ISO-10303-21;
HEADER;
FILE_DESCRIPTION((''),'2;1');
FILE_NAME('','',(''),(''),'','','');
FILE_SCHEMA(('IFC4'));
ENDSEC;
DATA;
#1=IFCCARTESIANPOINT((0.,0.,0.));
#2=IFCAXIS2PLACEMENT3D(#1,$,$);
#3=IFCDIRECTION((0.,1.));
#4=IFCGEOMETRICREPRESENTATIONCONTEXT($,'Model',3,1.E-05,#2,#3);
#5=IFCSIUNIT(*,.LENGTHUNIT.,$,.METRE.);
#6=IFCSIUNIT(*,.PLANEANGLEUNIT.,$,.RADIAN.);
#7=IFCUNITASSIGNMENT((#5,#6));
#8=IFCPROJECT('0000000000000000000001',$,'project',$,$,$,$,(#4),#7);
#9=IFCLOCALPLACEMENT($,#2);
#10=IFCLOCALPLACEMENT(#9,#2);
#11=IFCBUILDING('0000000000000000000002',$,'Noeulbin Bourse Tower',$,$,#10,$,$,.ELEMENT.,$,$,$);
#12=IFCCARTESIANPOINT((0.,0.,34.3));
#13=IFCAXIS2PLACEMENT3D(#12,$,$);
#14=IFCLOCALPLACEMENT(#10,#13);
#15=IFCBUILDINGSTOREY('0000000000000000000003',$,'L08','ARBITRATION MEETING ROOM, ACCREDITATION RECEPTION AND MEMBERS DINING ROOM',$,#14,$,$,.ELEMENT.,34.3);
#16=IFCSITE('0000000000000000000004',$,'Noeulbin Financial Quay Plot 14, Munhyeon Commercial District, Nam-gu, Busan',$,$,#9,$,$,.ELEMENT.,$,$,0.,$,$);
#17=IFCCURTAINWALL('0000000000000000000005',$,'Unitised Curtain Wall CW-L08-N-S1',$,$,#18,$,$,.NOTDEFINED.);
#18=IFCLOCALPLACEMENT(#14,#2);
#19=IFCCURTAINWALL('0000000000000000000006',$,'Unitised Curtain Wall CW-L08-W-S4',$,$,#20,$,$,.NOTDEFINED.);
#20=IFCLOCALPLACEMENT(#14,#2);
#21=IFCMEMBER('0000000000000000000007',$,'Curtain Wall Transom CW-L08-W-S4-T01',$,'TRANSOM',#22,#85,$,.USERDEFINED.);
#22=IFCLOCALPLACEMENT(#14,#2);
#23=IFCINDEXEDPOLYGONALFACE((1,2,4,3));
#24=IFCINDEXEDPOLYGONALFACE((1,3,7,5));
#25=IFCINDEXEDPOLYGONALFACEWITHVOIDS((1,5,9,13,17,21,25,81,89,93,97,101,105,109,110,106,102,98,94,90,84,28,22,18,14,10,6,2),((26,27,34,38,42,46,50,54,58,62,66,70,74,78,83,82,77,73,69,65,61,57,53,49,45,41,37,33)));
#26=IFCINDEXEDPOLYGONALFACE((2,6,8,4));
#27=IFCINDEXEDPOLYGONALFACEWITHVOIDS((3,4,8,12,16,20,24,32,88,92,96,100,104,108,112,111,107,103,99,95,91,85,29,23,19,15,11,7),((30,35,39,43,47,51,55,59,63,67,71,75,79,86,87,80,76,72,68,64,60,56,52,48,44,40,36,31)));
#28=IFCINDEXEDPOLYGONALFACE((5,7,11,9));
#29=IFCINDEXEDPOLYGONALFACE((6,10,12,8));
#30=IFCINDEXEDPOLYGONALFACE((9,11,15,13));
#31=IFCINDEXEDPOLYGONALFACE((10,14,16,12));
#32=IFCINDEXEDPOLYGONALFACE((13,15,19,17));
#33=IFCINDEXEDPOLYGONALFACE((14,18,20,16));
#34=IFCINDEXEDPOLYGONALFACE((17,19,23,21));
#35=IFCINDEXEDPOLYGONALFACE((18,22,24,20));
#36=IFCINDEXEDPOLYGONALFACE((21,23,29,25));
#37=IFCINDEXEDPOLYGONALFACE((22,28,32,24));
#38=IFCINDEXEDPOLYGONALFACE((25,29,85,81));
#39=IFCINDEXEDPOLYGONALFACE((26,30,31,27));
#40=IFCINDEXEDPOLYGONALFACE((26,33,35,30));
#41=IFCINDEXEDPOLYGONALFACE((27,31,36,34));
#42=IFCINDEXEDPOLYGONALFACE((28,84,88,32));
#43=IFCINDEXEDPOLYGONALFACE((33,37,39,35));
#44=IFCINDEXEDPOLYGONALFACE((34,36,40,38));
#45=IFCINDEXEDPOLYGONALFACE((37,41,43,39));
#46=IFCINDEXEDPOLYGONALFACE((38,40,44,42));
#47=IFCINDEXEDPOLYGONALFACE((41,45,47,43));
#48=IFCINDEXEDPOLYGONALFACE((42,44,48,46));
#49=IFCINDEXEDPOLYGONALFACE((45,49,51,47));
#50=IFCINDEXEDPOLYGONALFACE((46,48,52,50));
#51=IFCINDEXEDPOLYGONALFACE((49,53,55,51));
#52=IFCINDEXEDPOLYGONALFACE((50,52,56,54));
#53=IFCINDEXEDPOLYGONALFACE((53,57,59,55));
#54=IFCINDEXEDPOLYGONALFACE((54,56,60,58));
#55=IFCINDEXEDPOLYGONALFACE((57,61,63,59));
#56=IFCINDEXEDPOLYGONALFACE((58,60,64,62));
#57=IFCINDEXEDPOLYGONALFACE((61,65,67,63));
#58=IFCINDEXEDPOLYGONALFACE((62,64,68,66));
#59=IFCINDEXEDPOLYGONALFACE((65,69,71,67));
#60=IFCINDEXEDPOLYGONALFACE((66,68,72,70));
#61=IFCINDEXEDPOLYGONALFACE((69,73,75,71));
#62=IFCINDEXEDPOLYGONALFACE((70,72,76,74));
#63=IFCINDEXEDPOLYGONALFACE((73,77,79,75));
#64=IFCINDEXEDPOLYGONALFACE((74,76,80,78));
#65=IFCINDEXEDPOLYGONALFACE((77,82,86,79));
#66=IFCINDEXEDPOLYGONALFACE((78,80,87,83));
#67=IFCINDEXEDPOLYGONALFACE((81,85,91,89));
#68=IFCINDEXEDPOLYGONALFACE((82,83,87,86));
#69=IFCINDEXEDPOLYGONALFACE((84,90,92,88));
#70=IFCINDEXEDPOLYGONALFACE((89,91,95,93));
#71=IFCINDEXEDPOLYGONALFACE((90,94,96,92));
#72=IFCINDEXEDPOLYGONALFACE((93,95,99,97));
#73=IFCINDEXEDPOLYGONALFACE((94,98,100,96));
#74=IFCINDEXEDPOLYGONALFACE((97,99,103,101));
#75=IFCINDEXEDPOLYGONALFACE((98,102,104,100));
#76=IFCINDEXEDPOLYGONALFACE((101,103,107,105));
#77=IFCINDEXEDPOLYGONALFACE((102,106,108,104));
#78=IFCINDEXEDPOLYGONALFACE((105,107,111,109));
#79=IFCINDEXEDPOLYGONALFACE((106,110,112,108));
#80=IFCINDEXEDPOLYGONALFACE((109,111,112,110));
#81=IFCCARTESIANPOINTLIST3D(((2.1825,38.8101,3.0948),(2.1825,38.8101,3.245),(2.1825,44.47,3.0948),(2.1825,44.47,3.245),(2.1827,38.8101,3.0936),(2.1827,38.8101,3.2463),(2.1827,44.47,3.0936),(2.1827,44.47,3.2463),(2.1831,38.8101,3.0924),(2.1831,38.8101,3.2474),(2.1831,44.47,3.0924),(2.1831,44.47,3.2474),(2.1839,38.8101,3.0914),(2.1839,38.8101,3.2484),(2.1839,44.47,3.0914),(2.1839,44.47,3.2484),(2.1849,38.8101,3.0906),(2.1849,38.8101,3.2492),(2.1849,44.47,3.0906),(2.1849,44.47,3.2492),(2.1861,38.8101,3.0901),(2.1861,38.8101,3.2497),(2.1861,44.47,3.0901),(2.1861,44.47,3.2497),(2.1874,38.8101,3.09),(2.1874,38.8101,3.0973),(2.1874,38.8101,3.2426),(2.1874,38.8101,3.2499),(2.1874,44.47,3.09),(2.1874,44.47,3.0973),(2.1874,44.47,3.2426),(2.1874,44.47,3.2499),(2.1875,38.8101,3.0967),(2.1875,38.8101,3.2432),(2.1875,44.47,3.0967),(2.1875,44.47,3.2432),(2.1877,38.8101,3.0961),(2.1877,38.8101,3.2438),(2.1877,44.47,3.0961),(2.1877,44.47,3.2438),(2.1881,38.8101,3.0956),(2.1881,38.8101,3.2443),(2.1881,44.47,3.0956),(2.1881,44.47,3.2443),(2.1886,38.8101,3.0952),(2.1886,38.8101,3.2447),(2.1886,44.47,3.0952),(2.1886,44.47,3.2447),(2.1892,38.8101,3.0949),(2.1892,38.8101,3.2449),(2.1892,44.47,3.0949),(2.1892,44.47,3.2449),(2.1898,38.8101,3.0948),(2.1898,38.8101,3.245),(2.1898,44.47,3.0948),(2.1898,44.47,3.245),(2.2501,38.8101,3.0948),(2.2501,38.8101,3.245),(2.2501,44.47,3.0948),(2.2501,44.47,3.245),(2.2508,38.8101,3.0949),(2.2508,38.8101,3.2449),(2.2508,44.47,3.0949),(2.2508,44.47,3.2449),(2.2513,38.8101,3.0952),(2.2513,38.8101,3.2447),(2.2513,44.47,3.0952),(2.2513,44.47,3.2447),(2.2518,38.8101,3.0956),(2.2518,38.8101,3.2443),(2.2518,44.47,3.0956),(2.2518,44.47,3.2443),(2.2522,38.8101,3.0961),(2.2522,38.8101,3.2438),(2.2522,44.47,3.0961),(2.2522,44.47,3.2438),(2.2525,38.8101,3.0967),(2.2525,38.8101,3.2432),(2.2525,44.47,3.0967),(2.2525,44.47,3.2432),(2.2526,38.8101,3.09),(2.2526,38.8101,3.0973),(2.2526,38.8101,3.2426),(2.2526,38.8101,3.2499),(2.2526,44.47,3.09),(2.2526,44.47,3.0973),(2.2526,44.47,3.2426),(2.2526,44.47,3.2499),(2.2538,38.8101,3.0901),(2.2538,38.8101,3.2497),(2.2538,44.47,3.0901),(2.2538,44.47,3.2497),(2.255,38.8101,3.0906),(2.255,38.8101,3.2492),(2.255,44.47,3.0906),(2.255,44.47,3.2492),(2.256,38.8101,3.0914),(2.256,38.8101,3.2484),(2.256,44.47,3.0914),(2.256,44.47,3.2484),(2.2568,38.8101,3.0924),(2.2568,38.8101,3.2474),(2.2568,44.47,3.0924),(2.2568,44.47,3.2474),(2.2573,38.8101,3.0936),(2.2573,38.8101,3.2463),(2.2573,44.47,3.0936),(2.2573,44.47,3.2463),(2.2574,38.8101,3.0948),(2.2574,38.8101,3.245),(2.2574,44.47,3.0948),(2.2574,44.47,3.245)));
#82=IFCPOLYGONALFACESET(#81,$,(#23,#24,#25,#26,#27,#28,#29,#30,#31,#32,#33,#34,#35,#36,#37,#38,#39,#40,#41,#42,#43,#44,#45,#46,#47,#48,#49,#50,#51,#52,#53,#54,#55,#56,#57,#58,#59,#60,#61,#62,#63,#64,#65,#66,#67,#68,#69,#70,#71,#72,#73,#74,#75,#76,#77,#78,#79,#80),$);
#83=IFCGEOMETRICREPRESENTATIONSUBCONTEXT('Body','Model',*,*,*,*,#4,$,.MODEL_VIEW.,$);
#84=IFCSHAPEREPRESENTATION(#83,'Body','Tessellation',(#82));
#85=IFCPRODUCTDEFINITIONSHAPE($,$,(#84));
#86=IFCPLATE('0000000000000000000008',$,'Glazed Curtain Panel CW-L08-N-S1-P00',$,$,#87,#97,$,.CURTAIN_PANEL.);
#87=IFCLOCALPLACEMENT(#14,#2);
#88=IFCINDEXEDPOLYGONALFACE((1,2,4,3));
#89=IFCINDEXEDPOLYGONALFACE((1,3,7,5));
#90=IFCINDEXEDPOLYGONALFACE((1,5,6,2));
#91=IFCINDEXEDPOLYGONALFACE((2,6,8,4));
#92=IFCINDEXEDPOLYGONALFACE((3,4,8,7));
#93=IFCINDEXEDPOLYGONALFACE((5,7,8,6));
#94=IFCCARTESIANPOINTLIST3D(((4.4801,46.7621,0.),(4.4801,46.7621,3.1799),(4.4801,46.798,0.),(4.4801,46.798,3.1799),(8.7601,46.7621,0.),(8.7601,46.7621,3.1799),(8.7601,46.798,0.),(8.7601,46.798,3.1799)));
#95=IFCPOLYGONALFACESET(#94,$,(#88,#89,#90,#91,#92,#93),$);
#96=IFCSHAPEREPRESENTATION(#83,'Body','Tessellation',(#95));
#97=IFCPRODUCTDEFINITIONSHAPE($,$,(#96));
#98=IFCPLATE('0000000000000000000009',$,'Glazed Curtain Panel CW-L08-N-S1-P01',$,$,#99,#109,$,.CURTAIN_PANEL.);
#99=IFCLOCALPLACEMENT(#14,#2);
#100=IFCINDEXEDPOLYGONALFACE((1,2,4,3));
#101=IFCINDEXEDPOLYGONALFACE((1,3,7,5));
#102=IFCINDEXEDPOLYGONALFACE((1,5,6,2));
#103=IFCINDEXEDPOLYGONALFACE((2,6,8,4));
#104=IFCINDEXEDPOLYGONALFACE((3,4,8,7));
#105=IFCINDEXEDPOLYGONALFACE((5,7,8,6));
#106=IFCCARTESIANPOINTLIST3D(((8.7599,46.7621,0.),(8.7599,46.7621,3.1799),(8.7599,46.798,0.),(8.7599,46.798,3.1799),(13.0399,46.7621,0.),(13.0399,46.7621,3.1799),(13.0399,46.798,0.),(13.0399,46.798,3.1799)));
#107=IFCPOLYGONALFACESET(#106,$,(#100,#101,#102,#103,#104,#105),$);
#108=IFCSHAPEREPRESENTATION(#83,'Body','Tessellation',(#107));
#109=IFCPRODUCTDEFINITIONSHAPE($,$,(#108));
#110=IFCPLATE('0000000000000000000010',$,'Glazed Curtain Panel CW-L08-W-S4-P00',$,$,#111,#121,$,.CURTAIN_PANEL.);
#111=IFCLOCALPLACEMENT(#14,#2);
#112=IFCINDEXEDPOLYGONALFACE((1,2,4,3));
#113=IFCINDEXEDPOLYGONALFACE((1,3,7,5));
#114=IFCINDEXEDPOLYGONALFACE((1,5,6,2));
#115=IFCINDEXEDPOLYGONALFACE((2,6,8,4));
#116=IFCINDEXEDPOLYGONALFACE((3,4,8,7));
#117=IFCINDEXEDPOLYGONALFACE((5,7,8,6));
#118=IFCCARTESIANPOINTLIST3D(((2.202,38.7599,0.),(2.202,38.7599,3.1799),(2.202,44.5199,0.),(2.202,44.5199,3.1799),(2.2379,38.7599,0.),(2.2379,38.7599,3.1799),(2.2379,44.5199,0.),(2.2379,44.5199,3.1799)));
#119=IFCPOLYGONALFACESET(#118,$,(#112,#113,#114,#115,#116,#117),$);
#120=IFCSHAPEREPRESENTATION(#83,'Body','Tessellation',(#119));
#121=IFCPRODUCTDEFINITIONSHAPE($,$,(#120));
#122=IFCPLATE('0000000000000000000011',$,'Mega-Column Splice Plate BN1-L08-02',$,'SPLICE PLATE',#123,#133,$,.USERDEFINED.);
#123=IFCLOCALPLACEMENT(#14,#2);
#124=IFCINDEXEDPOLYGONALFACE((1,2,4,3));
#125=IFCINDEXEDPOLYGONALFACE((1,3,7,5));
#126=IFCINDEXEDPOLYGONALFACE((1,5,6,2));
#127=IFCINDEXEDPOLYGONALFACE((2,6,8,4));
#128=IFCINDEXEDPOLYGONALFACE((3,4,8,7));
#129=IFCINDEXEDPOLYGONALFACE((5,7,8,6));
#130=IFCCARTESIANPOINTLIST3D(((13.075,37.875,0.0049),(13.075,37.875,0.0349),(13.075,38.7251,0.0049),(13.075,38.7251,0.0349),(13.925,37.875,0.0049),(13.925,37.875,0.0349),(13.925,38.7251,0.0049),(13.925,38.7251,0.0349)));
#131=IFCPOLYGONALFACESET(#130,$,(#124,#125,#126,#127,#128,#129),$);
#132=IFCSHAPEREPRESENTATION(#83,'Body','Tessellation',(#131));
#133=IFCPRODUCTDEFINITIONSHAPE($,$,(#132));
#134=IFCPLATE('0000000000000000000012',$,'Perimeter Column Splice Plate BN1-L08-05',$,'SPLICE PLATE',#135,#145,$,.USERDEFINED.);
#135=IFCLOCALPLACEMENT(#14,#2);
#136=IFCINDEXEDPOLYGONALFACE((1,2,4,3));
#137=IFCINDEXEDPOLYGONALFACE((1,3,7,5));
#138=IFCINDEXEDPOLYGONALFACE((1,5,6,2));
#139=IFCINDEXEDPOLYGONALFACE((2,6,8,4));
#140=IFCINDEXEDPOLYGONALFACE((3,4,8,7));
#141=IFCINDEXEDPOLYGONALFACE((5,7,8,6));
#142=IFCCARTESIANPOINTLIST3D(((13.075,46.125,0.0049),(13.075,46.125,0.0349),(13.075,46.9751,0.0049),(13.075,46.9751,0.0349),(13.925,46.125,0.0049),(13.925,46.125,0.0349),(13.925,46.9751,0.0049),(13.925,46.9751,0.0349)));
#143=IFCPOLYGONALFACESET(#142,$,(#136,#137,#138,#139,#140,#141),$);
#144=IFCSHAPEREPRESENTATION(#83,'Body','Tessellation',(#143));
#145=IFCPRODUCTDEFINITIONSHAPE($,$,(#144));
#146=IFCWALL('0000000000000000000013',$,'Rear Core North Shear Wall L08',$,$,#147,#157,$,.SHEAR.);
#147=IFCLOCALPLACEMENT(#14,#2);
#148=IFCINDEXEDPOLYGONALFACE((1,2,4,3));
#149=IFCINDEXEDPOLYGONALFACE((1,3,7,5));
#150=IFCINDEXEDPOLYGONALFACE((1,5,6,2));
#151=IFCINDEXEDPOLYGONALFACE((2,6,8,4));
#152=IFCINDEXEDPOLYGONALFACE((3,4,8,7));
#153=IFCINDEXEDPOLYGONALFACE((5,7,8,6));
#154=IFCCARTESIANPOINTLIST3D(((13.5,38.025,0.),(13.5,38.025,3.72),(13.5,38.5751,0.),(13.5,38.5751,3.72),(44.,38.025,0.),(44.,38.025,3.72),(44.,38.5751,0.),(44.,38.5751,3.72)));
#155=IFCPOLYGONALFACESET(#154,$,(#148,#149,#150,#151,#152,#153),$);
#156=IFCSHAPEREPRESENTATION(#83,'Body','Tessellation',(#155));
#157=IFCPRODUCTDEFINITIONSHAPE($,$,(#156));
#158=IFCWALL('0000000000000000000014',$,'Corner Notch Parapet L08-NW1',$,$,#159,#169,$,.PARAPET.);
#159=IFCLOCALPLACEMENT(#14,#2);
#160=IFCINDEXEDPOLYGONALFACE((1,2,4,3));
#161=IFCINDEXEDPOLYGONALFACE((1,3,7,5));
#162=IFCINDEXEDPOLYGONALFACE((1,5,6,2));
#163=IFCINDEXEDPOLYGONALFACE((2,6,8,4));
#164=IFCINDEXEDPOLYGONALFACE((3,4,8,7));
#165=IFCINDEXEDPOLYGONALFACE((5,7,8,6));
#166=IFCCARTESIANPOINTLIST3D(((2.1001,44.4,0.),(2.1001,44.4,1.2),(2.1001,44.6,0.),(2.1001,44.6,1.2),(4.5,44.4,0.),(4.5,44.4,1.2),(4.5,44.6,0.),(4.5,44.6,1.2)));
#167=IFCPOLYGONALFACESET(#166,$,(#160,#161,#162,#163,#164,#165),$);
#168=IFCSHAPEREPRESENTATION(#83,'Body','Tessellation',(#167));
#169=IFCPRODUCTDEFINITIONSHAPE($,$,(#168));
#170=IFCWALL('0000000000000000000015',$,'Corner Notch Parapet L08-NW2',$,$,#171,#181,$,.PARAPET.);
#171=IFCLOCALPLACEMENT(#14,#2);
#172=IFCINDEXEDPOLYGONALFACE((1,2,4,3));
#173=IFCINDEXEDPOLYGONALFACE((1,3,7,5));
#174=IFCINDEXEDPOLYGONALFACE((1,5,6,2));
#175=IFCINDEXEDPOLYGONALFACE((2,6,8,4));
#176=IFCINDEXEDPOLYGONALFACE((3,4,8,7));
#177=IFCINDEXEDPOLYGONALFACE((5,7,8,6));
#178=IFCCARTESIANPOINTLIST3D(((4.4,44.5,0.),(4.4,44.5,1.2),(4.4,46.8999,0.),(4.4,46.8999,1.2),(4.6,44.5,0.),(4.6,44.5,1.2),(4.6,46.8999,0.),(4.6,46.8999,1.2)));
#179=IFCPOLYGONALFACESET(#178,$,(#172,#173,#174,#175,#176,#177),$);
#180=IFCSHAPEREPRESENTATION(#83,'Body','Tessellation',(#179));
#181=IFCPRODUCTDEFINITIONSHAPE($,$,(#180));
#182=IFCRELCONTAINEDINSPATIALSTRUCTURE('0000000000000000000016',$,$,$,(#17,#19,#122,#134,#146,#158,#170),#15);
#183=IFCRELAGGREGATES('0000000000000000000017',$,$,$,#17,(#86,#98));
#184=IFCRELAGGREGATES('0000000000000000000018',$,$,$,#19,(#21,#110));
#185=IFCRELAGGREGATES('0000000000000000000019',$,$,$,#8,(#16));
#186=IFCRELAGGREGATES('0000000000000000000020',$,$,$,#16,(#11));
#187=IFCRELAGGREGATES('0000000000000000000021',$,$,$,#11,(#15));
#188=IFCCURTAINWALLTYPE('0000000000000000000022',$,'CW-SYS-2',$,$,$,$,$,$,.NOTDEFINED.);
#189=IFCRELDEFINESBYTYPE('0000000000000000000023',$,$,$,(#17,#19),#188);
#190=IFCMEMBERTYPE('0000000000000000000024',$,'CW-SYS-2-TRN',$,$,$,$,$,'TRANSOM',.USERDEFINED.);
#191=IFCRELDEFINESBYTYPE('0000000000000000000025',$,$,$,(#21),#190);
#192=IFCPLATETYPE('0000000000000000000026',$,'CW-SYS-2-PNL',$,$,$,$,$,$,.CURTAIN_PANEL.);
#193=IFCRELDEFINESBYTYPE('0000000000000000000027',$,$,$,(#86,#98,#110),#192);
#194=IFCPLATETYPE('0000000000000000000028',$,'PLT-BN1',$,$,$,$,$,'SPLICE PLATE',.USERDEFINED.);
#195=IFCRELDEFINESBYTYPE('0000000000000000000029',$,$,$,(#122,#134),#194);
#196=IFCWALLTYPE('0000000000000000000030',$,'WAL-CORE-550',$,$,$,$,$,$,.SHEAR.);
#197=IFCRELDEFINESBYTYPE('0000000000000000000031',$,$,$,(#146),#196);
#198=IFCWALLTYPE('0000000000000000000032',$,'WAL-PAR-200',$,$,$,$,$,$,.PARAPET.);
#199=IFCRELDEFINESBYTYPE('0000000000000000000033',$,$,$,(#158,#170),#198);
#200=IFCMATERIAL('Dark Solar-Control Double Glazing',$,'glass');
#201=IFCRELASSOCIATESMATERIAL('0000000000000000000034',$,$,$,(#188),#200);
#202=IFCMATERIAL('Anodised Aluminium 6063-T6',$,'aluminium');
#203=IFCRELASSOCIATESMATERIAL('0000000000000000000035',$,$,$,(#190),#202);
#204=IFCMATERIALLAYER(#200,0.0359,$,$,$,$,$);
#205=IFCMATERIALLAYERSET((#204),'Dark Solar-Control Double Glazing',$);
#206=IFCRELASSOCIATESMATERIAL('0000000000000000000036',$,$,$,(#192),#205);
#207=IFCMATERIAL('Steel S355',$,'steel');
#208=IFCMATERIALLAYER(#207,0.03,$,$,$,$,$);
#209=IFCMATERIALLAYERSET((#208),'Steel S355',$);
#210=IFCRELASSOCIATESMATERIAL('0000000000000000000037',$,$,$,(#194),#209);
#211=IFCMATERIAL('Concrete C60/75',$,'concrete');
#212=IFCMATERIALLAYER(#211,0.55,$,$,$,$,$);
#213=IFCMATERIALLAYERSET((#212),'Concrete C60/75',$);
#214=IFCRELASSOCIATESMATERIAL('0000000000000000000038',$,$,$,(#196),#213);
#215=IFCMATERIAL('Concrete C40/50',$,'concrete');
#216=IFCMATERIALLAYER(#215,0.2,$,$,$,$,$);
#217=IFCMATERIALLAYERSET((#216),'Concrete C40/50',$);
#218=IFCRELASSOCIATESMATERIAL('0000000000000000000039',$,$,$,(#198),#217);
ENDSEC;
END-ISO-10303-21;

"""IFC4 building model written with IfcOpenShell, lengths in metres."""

from ifc_helpers import new_model, si_unit, direction, frame, frame_2d, origin, origin_2d, place, context, subcontext, project, spatial, rectangle, hollow_rectangle, extrude, material, layer, layer_set, material_profile, profile_set, type_object, element, aggregate, save


model = new_model("IFC4")

# Units and contexts
model_context = context("Model", 3, precision=1e-05, world=origin(), true_north=direction((0.0, 1.0)))
body_context = subcontext(model_context, "Body", "Model", "MODEL_VIEW")
ifc_project = project(units=[si_unit("LENGTHUNIT", "METRE"), si_unit("PLANEANGLEUNIT", "RADIAN")], contexts=[model_context])

# Site, building, storey
site_placement = place(None, origin())
site = spatial("IfcSite", under=ifc_project, at=site_placement, Name="Noeulbin Financial Quay Plot 14, Munhyeon Commercial District, Nam-gu, Busan", CompositionType="ELEMENT", RefElevation=0.0)
building_placement = place(site_placement, origin())
building = spatial("IfcBuilding", under=site, at=building_placement, Name="Noeulbin Bourse Tower", CompositionType="ELEMENT")
storey_placement = place(building_placement, frame((0.0, 0.0, 34.3)))
storey = spatial("IfcBuildingStorey", under=building, at=storey_placement, Name="L08", Description="ARBITRATION MEETING ROOM, ACCREDITATION RECEPTION AND MEMBERS DINING ROOM", CompositionType="ELEMENT", Elevation=34.3)

# Shared definitions
ifc_material_1 = material(Name="Steel S355", Category="steel")

# Curtain wall
ifc_material_2 = material(Name="Dark Solar-Control Double Glazing", Category="glass")
curtain_wall_type = type_object("IfcCurtainWallType", Name="CW-SYS-2", PredefinedType="NOTDEFINED", material=ifc_material_2)
curtain_wall_1_placement = place(storey_placement, origin())
curtain_wall_1 = element("IfcCurtainWall", 1, at=curtain_wall_1_placement, inside=storey, type_object=curtain_wall_type, Name="Unitised Curtain Wall CW-L08-N-S1", PredefinedType="NOTDEFINED")
ifc_material_3 = material(Name="Anodised Aluminium 6063-T6", Category="aluminium")

# Curtain wall
curtain_wall_2_placement = place(storey_placement, origin())
curtain_wall_2 = element("IfcCurtainWall", 2, at=curtain_wall_2_placement, inside=storey, type_object=curtain_wall_type, Name="Unitised Curtain Wall CW-L08-W-S4", PredefinedType="NOTDEFINED")

# Member
ifc_material_profile_1 = material_profile(ifc_material_3, hollow_rectangle(XDim=0.075, YDim=0.1599, WallThickness=0.0049, InnerFilletRadius=0.0024, OuterFilletRadius=0.0049, at=origin_2d()), Name="ALU-TRAN-75x160x5", Category="LoadBearing")
ifc_profile_set_1 = profile_set([ifc_material_profile_1], Name="Anodised Aluminium 6063-T6")
member_type_1 = type_object("IfcMemberType", Name="CW-SYS-2-TRN", ElementType="TRANSOM", PredefinedType="USERDEFINED", material=ifc_profile_set_1)
member_1_placement = place(storey_placement, frame((2.22, 38.8101, 3.1699), z_axis=(0.0, 1.0, 0.0), x_axis=(-1.0, 0.0, 0.0)))
member_1 = element("IfcMember", 3, at=member_1_placement, type_object=member_type_1, Name="Curtain Wall Transom CW-L08-W-S4-T01", ObjectType="TRANSOM", PredefinedType="USERDEFINED", context=body_context, shape_type="SweptSolid", body=[
    extrude(hollow_rectangle(XDim=0.075, YDim=0.1599, WallThickness=0.0049, InnerFilletRadius=0.0024, OuterFilletRadius=0.0049, at=origin_2d()), origin(), (0.0, 0.0, 1.0), 5.6599),
])

# Plates
ifc_layer_1 = layer(ifc_material_2, 0.0359)
ifc_layer_set_1 = layer_set([ifc_layer_1], Name="Dark Solar-Control Double Glazing")
plate_type_1 = type_object("IfcPlateType", Name="CW-SYS-2-PNL", PredefinedType="CURTAIN_PANEL", material=ifc_layer_set_1)
plate_1_placement = place(storey_placement, frame((6.6201, 46.78, 0.0), z_axis=(0.0, 0.0, 1.0), x_axis=(1.0, 0.0, 0.0)))
plate_1 = element("IfcPlate", 4, at=plate_1_placement, type_object=plate_type_1, Name="Glazed Curtain Panel CW-L08-N-S1-P00", PredefinedType="CURTAIN_PANEL", context=body_context, shape_type="SweptSolid", body=[
    extrude(rectangle(XDim=4.28, YDim=0.0359, at=origin_2d()), origin(), (0.0, 0.0, 1.0), 3.1799),
])
plate_2_placement = place(storey_placement, frame((10.8999, 46.78, 0.0), z_axis=(0.0, 0.0, 1.0), x_axis=(1.0, 0.0, 0.0)))
plate_2 = element("IfcPlate", 5, at=plate_2_placement, type_object=plate_type_1, Name="Glazed Curtain Panel CW-L08-N-S1-P01", PredefinedType="CURTAIN_PANEL", context=body_context, shape_type="SweptSolid", body=[
    extrude(rectangle(XDim=4.28, YDim=0.0359, at=origin_2d()), origin(), (0.0, 0.0, 1.0), 3.1799),
])
aggregate(curtain_wall_1, [plate_1, plate_2])
plate_3_placement = place(storey_placement, frame((2.22, 41.6399, 0.0), z_axis=(0.0, 0.0, 1.0), x_axis=(0.0, 1.0, 0.0)))
plate_3 = element("IfcPlate", 6, at=plate_3_placement, type_object=plate_type_1, Name="Glazed Curtain Panel CW-L08-W-S4-P00", PredefinedType="CURTAIN_PANEL", context=body_context, shape_type="SweptSolid", body=[
    extrude(rectangle(XDim=5.76, YDim=0.0359, at=origin_2d()), origin(), (0.0, 0.0, 1.0), 3.1799),
])
aggregate(curtain_wall_2, [member_1, plate_3])

# Plates
ifc_layer_2 = layer(ifc_material_1, 0.03)
ifc_layer_set_2 = layer_set([ifc_layer_2], Name="Steel S355")
plate_type_2 = type_object("IfcPlateType", Name="PLT-BN1", ElementType="SPLICE PLATE", PredefinedType="USERDEFINED", material=ifc_layer_set_2)
for number, where, z_axis, x_axis, name in (
    (7, (13.5, 38.3, 0.0049), (0.0, 0.0, 1.0), (1.0, 0.0, 0.0), "Mega-Column Splice Plate BN1-L08-02"),
    (8, (13.5, 46.55, 0.0049), (0.0, 0.0, 1.0), (1.0, 0.0, 0.0), "Perimeter Column Splice Plate BN1-L08-05"),
):
    element("IfcPlate", number, at=place(storey_placement, frame(where, z_axis=z_axis, x_axis=x_axis)), inside=storey, type_object=plate_type_2, Name=name, ObjectType="SPLICE PLATE", PredefinedType="USERDEFINED", context=body_context, shape_type="SweptSolid", body=[
        extrude(rectangle(XDim=0.8501, YDim=0.8501, at=origin_2d()), origin(), (0.0, 0.0, 1.0), 0.03),
    ])

# Walls
ifc_material_4 = material(Name="Concrete C60/75", Category="concrete")
ifc_layer_3 = layer(ifc_material_4, 0.55)
ifc_layer_set_3 = layer_set([ifc_layer_3], Name="Concrete C60/75")
wall_type_1 = type_object("IfcWallType", Name="WAL-CORE-550", PredefinedType="SHEAR", material=ifc_layer_set_3)
wall_1_placement = place(storey_placement, frame((13.5, 38.3, 0.0), z_axis=(0.0, 0.0, 1.0), x_axis=(1.0, 0.0, 0.0)))
element("IfcWall", 9, at=wall_1_placement, inside=storey, type_object=wall_type_1, Name="Rear Core North Shear Wall L08", PredefinedType="SHEAR", context=body_context, shape_type="SweptSolid", body=[
    extrude(rectangle(XDim=30.5, YDim=0.55, at=frame_2d((15.25, 0.0))), origin(), (0.0, 0.0, 1.0), 3.72),
])
ifc_material_5 = material(Name="Concrete C40/50", Category="concrete")
ifc_layer_4 = layer(ifc_material_5, 0.2)
ifc_layer_set_4 = layer_set([ifc_layer_4], Name="Concrete C40/50")
wall_type_2 = type_object("IfcWallType", Name="WAL-PAR-200", PredefinedType="PARAPET", material=ifc_layer_set_4)
for number, where, z_axis, x_axis, name in (
    (10, (2.1001, 44.5, 0.0), (0.0, 0.0, 1.0), (1.0, 0.0, 0.0), "Corner Notch Parapet L08-NW1"),
    (11, (4.5, 44.5, 0.0), (0.0, 0.0, 1.0), (0.0, 1.0, 0.0), "Corner Notch Parapet L08-NW2"),
):
    element("IfcWall", number, at=place(storey_placement, frame(where, z_axis=z_axis, x_axis=x_axis)), inside=storey, type_object=wall_type_2, Name=name, PredefinedType="PARAPET", context=body_context, shape_type="SweptSolid", body=[
        extrude(rectangle(XDim=2.3999, YDim=0.2, at=frame_2d((1.2, 0.0))), origin(), (0.0, 0.0, 1.0), 1.2),
    ])

save(model, "model.ifc")
